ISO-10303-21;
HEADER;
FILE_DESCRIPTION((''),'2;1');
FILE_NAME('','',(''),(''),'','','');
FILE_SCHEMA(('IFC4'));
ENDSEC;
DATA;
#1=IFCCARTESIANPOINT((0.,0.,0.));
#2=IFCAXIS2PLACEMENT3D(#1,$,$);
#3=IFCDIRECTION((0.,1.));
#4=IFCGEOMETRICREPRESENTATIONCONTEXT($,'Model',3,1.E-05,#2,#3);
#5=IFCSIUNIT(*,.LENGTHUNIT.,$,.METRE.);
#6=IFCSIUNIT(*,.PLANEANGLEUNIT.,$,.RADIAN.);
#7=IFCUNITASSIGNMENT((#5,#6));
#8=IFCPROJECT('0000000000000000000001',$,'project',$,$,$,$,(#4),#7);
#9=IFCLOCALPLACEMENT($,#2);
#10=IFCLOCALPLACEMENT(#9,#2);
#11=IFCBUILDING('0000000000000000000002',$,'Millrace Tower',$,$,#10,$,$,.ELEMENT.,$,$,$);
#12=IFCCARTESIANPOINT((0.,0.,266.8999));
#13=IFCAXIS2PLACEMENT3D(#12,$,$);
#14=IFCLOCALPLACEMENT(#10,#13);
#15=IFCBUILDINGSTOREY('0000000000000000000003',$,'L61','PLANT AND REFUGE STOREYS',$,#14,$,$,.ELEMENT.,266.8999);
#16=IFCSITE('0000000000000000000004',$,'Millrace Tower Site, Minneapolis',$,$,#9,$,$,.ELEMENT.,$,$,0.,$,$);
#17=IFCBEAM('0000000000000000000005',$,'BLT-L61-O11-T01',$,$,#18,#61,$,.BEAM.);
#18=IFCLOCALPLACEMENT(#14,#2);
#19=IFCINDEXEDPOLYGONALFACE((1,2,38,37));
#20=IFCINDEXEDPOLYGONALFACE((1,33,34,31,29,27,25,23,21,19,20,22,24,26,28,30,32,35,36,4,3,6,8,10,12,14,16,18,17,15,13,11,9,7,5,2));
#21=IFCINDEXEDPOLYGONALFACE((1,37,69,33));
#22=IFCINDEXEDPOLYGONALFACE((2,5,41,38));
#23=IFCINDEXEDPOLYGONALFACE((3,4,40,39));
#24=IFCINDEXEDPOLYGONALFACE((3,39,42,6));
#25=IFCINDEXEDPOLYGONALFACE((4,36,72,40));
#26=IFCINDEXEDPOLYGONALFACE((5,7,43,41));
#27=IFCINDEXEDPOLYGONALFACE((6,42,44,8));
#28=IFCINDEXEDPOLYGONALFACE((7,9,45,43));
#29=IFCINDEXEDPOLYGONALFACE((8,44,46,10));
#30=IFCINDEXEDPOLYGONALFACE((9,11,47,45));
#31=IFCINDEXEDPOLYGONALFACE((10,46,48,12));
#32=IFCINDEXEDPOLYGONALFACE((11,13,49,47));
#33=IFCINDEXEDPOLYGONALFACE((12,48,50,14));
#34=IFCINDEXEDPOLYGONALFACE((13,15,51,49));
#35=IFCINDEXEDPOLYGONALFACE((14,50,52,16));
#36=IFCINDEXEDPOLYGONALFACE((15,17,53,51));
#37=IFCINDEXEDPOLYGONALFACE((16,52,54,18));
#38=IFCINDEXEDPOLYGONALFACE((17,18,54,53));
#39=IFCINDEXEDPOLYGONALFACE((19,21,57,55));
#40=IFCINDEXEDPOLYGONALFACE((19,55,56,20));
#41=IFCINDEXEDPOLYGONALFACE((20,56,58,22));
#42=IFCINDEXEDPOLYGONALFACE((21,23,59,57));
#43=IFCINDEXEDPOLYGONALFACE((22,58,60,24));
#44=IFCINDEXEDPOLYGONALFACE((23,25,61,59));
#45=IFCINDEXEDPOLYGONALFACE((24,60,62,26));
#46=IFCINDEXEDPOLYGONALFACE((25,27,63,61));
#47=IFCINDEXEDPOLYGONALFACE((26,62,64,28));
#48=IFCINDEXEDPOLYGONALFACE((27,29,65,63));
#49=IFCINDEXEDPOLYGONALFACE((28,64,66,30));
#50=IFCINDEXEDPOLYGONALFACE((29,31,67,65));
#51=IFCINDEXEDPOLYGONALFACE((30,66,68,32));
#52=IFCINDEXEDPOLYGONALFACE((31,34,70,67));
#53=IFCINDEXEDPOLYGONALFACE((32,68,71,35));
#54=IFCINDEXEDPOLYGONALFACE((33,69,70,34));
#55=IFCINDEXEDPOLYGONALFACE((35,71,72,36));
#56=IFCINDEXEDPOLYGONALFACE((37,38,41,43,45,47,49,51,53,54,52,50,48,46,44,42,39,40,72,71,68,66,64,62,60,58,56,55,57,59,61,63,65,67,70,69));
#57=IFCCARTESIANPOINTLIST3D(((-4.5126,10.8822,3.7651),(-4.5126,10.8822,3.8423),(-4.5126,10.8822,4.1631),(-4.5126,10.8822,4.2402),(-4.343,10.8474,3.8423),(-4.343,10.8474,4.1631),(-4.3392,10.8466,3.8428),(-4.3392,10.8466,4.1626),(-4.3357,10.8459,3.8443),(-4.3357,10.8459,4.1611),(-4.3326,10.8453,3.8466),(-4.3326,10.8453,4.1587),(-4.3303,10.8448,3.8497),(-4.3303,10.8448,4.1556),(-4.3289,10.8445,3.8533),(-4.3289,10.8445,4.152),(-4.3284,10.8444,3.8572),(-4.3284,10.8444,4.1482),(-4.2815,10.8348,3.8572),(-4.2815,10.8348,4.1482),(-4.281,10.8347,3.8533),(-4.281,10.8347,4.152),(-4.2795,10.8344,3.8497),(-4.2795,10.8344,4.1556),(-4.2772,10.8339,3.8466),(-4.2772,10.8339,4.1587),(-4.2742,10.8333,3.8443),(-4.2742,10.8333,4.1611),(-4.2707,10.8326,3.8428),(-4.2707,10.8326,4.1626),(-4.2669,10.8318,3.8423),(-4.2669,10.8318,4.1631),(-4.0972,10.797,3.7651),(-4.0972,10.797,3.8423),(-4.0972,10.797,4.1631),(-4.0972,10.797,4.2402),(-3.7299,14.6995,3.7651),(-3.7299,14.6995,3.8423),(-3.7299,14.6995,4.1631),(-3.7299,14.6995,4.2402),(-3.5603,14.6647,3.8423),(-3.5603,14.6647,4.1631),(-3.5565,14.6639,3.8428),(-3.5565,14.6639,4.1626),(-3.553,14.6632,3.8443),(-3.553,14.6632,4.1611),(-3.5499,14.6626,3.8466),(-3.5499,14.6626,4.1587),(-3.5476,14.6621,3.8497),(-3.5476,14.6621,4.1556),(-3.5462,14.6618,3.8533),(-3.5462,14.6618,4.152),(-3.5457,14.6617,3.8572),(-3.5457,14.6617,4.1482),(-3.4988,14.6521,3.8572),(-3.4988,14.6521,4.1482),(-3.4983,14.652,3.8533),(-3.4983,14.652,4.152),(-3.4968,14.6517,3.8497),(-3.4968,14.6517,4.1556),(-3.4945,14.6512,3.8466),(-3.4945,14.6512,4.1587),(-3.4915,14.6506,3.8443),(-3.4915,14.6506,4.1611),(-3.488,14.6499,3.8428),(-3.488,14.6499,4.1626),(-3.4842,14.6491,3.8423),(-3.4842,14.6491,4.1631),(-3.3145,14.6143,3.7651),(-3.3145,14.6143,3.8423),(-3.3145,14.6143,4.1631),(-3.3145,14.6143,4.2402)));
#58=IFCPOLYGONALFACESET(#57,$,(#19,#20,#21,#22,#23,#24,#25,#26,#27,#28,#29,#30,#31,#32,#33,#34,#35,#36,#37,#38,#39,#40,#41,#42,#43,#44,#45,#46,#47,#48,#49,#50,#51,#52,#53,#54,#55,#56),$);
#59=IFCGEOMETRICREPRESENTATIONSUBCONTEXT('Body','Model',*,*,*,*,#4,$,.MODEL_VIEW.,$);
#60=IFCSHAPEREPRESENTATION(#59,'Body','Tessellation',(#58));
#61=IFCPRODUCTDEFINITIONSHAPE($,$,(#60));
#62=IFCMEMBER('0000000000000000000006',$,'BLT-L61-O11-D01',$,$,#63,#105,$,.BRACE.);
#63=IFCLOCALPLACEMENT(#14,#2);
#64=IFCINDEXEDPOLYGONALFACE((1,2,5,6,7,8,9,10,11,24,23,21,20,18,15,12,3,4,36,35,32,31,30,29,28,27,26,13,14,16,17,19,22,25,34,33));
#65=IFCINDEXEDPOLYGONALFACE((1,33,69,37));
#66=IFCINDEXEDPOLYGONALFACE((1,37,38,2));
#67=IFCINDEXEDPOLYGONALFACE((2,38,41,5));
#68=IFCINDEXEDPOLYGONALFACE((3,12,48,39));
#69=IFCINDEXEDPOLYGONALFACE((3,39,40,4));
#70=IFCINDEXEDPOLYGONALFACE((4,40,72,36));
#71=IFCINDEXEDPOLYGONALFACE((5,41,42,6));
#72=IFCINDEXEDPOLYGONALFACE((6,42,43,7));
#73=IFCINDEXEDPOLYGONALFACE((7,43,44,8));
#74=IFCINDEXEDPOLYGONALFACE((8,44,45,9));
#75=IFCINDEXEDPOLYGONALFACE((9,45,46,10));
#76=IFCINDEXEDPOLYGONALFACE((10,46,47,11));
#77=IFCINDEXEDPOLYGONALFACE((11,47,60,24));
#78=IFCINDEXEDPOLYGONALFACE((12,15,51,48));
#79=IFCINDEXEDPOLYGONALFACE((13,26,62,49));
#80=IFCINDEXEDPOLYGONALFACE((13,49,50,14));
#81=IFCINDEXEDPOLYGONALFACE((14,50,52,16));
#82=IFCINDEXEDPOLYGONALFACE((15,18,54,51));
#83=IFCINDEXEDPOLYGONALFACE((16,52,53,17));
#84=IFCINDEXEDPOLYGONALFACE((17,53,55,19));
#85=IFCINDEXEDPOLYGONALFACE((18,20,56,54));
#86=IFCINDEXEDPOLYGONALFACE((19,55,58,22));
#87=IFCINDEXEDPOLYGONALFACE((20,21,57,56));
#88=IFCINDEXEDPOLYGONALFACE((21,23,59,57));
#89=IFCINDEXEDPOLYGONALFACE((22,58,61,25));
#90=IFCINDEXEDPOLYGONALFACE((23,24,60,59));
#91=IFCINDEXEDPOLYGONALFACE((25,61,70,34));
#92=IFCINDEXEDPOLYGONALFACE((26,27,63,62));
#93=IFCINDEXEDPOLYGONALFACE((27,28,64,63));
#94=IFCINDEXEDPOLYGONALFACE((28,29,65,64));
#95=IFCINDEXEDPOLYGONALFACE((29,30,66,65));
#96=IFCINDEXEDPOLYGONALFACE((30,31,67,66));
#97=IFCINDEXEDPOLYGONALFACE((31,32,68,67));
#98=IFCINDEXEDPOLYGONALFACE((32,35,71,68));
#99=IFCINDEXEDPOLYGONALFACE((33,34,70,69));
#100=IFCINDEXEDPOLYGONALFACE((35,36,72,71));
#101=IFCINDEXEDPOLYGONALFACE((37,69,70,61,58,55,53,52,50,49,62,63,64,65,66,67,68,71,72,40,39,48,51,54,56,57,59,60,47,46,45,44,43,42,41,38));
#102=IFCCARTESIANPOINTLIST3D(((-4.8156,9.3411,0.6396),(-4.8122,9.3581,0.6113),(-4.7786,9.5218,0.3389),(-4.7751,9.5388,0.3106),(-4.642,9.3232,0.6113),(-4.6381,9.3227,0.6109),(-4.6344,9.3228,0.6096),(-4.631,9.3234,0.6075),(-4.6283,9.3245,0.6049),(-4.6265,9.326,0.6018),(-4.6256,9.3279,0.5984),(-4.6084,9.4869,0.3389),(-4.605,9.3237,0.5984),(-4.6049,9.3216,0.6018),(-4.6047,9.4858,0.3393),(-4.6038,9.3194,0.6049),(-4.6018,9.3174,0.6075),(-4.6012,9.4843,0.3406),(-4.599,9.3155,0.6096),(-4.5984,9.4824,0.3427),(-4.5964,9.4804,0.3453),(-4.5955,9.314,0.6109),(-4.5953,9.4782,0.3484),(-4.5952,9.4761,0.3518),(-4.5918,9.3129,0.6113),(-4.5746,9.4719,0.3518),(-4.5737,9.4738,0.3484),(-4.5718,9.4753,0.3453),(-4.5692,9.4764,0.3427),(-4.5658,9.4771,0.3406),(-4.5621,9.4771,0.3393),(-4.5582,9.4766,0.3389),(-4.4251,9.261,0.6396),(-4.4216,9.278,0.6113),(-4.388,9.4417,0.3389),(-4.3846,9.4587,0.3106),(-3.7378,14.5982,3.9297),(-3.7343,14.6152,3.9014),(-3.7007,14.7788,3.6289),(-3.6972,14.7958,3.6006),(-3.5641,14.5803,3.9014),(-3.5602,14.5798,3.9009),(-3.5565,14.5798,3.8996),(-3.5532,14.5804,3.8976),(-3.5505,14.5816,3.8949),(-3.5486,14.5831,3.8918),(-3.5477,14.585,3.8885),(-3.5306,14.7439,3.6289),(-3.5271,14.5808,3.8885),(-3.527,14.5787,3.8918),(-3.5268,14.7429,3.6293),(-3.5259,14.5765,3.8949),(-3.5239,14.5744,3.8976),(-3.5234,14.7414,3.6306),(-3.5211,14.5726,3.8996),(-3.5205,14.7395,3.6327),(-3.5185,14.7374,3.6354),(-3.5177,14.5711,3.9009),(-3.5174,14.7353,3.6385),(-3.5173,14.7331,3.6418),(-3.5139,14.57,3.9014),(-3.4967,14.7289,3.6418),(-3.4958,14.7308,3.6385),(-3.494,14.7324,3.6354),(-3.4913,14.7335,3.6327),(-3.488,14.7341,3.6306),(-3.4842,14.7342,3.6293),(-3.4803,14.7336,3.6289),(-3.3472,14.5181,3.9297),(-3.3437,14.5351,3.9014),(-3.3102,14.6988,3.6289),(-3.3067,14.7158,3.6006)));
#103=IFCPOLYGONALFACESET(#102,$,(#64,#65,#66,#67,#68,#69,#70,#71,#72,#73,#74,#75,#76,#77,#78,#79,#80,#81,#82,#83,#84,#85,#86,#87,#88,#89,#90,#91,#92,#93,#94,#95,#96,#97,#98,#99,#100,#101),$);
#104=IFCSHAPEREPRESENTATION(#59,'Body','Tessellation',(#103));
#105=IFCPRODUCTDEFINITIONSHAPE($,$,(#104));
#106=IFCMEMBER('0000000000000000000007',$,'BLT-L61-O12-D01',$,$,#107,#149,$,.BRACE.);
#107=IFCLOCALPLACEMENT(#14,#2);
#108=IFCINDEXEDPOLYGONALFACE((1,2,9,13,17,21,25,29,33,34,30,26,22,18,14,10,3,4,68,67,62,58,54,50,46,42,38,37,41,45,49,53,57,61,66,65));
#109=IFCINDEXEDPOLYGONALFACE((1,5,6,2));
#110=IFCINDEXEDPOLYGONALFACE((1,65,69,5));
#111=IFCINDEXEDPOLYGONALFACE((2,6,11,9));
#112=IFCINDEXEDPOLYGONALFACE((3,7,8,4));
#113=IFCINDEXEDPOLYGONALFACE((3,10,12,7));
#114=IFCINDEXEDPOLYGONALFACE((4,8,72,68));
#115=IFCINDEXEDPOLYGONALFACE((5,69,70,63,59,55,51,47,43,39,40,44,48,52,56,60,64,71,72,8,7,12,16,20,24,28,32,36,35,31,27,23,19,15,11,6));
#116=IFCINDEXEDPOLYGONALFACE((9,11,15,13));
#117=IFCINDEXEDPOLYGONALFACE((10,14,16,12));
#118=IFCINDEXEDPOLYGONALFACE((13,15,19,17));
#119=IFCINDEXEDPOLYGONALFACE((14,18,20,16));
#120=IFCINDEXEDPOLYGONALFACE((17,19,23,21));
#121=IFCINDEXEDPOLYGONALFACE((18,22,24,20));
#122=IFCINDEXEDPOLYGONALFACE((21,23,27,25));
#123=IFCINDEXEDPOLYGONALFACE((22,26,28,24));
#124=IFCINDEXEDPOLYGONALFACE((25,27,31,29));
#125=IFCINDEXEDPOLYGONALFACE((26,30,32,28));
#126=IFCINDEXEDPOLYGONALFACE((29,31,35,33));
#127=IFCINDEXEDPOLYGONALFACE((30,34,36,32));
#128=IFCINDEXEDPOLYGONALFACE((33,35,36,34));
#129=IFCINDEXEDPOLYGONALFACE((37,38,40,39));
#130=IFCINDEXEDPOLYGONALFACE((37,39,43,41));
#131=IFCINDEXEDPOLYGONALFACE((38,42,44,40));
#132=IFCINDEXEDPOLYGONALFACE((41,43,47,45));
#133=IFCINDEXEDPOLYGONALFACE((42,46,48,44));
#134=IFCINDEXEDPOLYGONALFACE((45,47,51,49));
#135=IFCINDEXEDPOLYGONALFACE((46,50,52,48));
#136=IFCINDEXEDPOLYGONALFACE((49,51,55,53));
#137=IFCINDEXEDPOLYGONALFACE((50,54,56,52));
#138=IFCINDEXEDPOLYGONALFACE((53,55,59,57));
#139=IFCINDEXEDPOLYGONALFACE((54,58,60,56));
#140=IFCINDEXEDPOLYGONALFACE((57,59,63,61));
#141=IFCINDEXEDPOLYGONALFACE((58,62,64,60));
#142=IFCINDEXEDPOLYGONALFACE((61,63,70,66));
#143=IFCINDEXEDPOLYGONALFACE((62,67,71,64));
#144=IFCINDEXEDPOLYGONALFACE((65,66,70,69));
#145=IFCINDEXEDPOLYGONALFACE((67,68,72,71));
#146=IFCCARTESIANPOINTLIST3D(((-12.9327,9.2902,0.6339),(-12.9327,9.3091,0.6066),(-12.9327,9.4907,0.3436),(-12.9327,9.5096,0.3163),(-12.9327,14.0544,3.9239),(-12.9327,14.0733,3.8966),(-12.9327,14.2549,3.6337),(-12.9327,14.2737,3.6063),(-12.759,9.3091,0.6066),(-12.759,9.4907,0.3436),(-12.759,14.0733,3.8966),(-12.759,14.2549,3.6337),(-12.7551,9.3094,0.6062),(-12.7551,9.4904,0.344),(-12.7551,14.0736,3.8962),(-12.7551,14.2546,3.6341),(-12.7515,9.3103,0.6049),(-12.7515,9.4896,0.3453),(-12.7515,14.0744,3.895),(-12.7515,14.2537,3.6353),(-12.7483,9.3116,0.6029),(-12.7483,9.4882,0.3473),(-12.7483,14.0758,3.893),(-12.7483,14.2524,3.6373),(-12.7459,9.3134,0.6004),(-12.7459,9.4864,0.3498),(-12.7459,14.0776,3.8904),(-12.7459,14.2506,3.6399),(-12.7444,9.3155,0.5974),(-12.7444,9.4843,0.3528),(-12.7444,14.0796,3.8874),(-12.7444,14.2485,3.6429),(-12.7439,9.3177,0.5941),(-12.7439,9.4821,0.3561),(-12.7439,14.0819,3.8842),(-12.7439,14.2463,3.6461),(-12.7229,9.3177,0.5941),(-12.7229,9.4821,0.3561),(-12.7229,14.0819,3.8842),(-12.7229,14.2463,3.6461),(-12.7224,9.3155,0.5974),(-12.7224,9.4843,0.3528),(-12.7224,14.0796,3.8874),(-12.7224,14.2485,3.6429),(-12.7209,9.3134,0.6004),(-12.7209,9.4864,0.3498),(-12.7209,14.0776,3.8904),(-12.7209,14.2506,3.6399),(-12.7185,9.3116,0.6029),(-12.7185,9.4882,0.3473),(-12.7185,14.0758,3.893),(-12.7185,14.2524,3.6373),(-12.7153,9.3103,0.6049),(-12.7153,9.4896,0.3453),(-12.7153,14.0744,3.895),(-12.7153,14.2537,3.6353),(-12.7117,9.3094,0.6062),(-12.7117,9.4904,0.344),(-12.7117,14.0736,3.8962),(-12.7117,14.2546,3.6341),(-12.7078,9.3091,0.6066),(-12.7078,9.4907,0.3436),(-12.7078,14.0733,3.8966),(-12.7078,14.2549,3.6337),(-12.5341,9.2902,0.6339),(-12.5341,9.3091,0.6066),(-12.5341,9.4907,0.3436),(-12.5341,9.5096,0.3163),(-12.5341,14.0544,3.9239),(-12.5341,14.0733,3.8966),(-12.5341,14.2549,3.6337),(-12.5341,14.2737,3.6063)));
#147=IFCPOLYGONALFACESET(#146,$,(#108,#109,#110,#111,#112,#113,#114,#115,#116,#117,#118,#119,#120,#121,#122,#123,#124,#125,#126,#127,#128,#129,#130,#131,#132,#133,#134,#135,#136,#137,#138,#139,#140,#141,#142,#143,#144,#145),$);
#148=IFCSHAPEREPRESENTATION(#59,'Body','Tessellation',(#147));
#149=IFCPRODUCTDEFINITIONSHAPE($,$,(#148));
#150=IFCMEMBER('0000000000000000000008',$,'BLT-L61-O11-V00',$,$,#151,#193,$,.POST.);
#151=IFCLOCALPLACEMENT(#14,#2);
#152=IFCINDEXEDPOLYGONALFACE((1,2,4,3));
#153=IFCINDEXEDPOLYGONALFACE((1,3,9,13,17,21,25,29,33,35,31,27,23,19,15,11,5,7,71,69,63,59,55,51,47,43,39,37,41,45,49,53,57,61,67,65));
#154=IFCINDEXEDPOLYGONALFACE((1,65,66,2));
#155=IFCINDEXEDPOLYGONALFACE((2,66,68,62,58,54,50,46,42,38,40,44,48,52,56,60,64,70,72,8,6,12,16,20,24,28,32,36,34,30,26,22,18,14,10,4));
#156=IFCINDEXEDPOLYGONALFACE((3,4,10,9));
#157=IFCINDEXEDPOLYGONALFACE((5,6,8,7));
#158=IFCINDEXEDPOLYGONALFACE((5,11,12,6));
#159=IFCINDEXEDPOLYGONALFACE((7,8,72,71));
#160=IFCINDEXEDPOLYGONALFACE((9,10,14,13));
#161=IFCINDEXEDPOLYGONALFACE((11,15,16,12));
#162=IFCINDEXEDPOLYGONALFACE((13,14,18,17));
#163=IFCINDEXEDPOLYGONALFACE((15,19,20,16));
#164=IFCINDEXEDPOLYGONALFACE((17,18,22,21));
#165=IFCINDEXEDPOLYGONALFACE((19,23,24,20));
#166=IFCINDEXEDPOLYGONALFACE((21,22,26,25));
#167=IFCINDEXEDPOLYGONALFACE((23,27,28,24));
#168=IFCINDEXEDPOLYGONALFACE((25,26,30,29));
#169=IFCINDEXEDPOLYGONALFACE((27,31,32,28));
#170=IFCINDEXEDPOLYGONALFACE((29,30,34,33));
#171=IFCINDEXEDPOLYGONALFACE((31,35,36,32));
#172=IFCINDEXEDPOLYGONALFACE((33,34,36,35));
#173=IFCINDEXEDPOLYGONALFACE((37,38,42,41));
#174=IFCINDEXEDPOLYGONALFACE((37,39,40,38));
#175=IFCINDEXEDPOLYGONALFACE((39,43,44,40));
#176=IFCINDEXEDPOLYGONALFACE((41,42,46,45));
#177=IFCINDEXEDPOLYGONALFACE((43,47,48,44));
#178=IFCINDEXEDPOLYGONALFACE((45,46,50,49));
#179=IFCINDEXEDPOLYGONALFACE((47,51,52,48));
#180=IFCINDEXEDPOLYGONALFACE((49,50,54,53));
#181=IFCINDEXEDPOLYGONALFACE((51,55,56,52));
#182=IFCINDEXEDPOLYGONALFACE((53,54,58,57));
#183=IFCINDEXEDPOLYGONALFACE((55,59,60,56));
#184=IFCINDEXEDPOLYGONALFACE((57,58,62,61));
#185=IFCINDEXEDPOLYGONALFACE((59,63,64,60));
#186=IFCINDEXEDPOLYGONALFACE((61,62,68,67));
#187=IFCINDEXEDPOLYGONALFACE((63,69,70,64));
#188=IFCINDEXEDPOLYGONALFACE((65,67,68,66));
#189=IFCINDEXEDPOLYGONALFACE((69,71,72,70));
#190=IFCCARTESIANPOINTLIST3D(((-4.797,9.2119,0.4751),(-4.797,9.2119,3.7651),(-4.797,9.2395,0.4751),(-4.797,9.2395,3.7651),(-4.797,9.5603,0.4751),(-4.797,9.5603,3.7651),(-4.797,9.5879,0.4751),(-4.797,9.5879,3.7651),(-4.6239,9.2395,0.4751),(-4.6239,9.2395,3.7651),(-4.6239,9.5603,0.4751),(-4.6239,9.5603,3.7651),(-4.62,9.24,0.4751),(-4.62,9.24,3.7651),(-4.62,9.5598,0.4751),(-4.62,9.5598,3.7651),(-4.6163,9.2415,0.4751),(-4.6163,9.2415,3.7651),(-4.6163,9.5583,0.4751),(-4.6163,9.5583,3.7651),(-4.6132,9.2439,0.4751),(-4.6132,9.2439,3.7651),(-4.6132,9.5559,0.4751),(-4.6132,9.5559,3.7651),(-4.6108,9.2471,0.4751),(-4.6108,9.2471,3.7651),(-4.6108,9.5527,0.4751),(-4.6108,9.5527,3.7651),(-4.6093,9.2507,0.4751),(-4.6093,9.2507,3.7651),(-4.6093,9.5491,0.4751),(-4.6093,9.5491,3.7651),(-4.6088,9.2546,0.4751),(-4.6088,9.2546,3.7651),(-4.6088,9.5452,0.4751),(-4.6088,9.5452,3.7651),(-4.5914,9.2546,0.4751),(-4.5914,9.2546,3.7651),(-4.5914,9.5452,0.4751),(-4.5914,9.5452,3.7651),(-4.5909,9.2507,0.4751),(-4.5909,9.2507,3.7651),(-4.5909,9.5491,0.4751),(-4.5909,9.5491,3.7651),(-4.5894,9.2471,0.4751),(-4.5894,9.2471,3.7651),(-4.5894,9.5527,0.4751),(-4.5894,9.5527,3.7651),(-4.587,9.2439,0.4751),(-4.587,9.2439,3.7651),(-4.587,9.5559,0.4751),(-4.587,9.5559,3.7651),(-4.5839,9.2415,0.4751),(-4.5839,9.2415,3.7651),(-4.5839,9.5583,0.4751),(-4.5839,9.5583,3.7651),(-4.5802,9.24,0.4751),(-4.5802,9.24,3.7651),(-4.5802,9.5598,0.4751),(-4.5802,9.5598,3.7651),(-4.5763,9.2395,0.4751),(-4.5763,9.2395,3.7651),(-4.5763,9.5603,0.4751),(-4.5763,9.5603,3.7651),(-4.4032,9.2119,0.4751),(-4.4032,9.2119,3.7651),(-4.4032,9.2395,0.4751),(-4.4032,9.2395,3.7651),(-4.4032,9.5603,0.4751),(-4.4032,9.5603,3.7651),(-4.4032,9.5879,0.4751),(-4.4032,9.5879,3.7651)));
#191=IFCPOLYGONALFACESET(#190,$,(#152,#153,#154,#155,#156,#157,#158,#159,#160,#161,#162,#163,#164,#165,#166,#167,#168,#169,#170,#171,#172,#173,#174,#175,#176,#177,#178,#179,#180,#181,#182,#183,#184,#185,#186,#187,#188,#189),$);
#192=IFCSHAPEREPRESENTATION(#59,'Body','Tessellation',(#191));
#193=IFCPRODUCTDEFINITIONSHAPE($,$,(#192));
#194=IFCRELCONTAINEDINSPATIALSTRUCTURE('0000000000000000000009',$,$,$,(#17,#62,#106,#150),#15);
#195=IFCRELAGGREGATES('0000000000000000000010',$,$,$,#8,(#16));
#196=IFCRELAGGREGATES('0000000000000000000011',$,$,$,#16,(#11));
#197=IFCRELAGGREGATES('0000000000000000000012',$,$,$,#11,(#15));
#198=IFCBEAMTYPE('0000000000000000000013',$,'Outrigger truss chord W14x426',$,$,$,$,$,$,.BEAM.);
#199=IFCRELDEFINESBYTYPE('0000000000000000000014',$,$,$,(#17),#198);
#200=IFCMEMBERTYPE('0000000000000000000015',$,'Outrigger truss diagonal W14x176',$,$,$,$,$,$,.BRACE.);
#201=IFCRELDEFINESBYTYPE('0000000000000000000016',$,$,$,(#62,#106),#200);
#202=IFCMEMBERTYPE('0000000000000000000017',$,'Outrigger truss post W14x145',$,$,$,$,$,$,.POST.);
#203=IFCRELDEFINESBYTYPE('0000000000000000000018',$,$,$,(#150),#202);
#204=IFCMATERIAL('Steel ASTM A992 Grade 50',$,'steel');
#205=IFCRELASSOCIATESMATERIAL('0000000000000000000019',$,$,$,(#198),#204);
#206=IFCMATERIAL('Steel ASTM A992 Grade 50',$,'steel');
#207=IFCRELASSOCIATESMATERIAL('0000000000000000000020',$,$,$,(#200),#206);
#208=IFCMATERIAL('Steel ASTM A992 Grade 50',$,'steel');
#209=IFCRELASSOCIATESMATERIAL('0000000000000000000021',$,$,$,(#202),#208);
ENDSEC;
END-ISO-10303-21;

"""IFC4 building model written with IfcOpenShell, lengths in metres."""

from ifc_helpers import new_model, si_unit, direction, frame, origin, origin_2d, place, context, subcontext, project, spatial, i_section, extrude, material, material_profile, profile_set, type_object, element, save


model = new_model("IFC4")

# Units and contexts
model_context = context("Model", 3, precision=1e-05, world=origin(), true_north=direction((0.0, 1.0)))
body_context = subcontext(model_context, "Body", "Model", "MODEL_VIEW")
ifc_project = project(units=[si_unit("LENGTHUNIT", "METRE"), si_unit("PLANEANGLEUNIT", "RADIAN")], contexts=[model_context])

# Site, building, storey
site_placement = place(None, origin())
site = spatial("IfcSite", under=ifc_project, at=site_placement, Name="Millrace Tower Site, Minneapolis", CompositionType="ELEMENT", RefElevation=0.0)
building_placement = place(site_placement, origin())
building = spatial("IfcBuilding", under=site, at=building_placement, Name="Millrace Tower", CompositionType="ELEMENT")
storey_placement = place(building_placement, frame((0.0, 0.0, 266.8999)))
storey = spatial("IfcBuildingStorey", under=building, at=storey_placement, Name="L61", Description="PLANT AND REFUGE STOREYS", CompositionType="ELEMENT", Elevation=266.8999)

# Beam
ifc_material_1 = material(Name="Steel ASTM A992 Grade 50", Category="steel")
ifc_material_profile_1 = material_profile(ifc_material_1, i_section(OverallWidth=0.4241, OverallDepth=0.4751, WebThickness=0.0479, FlangeThickness=0.0771, FilletRadius=0.0149, at=origin_2d()))
ifc_profile_set_1 = profile_set([ifc_material_profile_1], Name="Steel ASTM A992 Grade 50")
beam_type_1 = type_object("IfcBeamType", Name="Outrigger truss chord W14x426", PredefinedType="BEAM", material=ifc_profile_set_1)
beam_1_placement = place(storey_placement, frame((-4.3049, 10.8396, 4.0027), z_axis=(0.200861, 0.97962, 0.0), x_axis=(-0.97962, 0.200861, 0.0)))
element("IfcBeam", 1, at=beam_1_placement, inside=storey, type_object=beam_type_1, Name="BLT-L61-O11-T01", PredefinedType="BEAM", context=body_context, shape_type="SweptSolid", body=[
    extrude(i_section(OverallWidth=0.4241, OverallDepth=0.4751, WebThickness=0.0479, FlangeThickness=0.0771, FilletRadius=0.0149, at=origin_2d()), origin(), (0.0, 0.0, 1.0), 3.8967),
])

# Members
ifc_material_2 = material(Name="Steel ASTM A992 Grade 50", Category="steel")
ifc_material_profile_2 = material_profile(ifc_material_2, i_section(OverallWidth=0.3987, OverallDepth=0.386, WebThickness=0.021, FlangeThickness=0.0332, FilletRadius=0.0151, at=origin_2d()))
ifc_profile_set_2 = profile_set([ifc_material_profile_2], Name="Steel ASTM A992 Grade 50")
member_type_1 = type_object("IfcMemberType", Name="Outrigger truss diagonal W14x176", PredefinedType="BRACE", material=ifc_profile_set_2)
member_1_placement = place(storey_placement, frame((-4.6001, 9.3999, 0.4751), z_axis=(0.171237, 0.835162, 0.522669), x_axis=(-0.979621, 0.200856, 0.0)))
element("IfcMember", 2, at=member_1_placement, inside=storey, type_object=member_type_1, Name="BLT-L61-O11-D01", PredefinedType="BRACE", context=body_context, shape_type="SweptSolid", body=[
    extrude(i_section(OverallWidth=0.3987, OverallDepth=0.386, WebThickness=0.021, FlangeThickness=0.0332, FilletRadius=0.0151, at=origin_2d()), origin(), (0.0, 0.0, 1.0), 6.2947),
])
member_2_placement = place(storey_placement, frame((-12.7334, 9.3999, 0.4751), z_axis=(0.0, 0.822857, 0.568249), x_axis=(-1.0, 0.0, 0.0)))
element("IfcMember", 3, at=member_2_placement, inside=storey, type_object=member_type_1, Name="BLT-L61-O12-D01", PredefinedType="BRACE", context=body_context, shape_type="SweptSolid", body=[
    extrude(i_section(OverallWidth=0.3987, OverallDepth=0.386, WebThickness=0.021, FlangeThickness=0.0332, FilletRadius=0.0151, at=origin_2d()), origin(), (0.0, 0.0, 1.0), 5.7898),
])
ifc_material_3 = material(Name="Steel ASTM A992 Grade 50", Category="steel")
ifc_material_profile_3 = material_profile(ifc_material_3, i_section(OverallWidth=0.3938, OverallDepth=0.376, WebThickness=0.0173, FlangeThickness=0.0276, FilletRadius=0.0151, at=origin_2d()))
ifc_profile_set_3 = profile_set([ifc_material_profile_3], Name="Steel ASTM A992 Grade 50")
member_type_2 = type_object("IfcMemberType", Name="Outrigger truss post W14x145", PredefinedType="POST", material=ifc_profile_set_3)
for number, where, z_axis, x_axis, name in (
    (4, (-4.6001, 9.3999, 0.4751), (0.0, 0.0, 1.0), (1.0, 0.0, 0.0), "BLT-L61-O11-V00"),
):
    element("IfcMember", number, at=place(storey_placement, frame(where, z_axis=z_axis, x_axis=x_axis)), inside=storey, type_object=member_type_2, Name=name, PredefinedType="POST", context=body_context, shape_type="SweptSolid", body=[
        extrude(i_section(OverallWidth=0.3938, OverallDepth=0.376, WebThickness=0.0173, FlangeThickness=0.0276, FilletRadius=0.0151, at=origin_2d()), origin(), (0.0, 0.0, 1.0), 3.29),
    ])

save(model, "model.ifc")
